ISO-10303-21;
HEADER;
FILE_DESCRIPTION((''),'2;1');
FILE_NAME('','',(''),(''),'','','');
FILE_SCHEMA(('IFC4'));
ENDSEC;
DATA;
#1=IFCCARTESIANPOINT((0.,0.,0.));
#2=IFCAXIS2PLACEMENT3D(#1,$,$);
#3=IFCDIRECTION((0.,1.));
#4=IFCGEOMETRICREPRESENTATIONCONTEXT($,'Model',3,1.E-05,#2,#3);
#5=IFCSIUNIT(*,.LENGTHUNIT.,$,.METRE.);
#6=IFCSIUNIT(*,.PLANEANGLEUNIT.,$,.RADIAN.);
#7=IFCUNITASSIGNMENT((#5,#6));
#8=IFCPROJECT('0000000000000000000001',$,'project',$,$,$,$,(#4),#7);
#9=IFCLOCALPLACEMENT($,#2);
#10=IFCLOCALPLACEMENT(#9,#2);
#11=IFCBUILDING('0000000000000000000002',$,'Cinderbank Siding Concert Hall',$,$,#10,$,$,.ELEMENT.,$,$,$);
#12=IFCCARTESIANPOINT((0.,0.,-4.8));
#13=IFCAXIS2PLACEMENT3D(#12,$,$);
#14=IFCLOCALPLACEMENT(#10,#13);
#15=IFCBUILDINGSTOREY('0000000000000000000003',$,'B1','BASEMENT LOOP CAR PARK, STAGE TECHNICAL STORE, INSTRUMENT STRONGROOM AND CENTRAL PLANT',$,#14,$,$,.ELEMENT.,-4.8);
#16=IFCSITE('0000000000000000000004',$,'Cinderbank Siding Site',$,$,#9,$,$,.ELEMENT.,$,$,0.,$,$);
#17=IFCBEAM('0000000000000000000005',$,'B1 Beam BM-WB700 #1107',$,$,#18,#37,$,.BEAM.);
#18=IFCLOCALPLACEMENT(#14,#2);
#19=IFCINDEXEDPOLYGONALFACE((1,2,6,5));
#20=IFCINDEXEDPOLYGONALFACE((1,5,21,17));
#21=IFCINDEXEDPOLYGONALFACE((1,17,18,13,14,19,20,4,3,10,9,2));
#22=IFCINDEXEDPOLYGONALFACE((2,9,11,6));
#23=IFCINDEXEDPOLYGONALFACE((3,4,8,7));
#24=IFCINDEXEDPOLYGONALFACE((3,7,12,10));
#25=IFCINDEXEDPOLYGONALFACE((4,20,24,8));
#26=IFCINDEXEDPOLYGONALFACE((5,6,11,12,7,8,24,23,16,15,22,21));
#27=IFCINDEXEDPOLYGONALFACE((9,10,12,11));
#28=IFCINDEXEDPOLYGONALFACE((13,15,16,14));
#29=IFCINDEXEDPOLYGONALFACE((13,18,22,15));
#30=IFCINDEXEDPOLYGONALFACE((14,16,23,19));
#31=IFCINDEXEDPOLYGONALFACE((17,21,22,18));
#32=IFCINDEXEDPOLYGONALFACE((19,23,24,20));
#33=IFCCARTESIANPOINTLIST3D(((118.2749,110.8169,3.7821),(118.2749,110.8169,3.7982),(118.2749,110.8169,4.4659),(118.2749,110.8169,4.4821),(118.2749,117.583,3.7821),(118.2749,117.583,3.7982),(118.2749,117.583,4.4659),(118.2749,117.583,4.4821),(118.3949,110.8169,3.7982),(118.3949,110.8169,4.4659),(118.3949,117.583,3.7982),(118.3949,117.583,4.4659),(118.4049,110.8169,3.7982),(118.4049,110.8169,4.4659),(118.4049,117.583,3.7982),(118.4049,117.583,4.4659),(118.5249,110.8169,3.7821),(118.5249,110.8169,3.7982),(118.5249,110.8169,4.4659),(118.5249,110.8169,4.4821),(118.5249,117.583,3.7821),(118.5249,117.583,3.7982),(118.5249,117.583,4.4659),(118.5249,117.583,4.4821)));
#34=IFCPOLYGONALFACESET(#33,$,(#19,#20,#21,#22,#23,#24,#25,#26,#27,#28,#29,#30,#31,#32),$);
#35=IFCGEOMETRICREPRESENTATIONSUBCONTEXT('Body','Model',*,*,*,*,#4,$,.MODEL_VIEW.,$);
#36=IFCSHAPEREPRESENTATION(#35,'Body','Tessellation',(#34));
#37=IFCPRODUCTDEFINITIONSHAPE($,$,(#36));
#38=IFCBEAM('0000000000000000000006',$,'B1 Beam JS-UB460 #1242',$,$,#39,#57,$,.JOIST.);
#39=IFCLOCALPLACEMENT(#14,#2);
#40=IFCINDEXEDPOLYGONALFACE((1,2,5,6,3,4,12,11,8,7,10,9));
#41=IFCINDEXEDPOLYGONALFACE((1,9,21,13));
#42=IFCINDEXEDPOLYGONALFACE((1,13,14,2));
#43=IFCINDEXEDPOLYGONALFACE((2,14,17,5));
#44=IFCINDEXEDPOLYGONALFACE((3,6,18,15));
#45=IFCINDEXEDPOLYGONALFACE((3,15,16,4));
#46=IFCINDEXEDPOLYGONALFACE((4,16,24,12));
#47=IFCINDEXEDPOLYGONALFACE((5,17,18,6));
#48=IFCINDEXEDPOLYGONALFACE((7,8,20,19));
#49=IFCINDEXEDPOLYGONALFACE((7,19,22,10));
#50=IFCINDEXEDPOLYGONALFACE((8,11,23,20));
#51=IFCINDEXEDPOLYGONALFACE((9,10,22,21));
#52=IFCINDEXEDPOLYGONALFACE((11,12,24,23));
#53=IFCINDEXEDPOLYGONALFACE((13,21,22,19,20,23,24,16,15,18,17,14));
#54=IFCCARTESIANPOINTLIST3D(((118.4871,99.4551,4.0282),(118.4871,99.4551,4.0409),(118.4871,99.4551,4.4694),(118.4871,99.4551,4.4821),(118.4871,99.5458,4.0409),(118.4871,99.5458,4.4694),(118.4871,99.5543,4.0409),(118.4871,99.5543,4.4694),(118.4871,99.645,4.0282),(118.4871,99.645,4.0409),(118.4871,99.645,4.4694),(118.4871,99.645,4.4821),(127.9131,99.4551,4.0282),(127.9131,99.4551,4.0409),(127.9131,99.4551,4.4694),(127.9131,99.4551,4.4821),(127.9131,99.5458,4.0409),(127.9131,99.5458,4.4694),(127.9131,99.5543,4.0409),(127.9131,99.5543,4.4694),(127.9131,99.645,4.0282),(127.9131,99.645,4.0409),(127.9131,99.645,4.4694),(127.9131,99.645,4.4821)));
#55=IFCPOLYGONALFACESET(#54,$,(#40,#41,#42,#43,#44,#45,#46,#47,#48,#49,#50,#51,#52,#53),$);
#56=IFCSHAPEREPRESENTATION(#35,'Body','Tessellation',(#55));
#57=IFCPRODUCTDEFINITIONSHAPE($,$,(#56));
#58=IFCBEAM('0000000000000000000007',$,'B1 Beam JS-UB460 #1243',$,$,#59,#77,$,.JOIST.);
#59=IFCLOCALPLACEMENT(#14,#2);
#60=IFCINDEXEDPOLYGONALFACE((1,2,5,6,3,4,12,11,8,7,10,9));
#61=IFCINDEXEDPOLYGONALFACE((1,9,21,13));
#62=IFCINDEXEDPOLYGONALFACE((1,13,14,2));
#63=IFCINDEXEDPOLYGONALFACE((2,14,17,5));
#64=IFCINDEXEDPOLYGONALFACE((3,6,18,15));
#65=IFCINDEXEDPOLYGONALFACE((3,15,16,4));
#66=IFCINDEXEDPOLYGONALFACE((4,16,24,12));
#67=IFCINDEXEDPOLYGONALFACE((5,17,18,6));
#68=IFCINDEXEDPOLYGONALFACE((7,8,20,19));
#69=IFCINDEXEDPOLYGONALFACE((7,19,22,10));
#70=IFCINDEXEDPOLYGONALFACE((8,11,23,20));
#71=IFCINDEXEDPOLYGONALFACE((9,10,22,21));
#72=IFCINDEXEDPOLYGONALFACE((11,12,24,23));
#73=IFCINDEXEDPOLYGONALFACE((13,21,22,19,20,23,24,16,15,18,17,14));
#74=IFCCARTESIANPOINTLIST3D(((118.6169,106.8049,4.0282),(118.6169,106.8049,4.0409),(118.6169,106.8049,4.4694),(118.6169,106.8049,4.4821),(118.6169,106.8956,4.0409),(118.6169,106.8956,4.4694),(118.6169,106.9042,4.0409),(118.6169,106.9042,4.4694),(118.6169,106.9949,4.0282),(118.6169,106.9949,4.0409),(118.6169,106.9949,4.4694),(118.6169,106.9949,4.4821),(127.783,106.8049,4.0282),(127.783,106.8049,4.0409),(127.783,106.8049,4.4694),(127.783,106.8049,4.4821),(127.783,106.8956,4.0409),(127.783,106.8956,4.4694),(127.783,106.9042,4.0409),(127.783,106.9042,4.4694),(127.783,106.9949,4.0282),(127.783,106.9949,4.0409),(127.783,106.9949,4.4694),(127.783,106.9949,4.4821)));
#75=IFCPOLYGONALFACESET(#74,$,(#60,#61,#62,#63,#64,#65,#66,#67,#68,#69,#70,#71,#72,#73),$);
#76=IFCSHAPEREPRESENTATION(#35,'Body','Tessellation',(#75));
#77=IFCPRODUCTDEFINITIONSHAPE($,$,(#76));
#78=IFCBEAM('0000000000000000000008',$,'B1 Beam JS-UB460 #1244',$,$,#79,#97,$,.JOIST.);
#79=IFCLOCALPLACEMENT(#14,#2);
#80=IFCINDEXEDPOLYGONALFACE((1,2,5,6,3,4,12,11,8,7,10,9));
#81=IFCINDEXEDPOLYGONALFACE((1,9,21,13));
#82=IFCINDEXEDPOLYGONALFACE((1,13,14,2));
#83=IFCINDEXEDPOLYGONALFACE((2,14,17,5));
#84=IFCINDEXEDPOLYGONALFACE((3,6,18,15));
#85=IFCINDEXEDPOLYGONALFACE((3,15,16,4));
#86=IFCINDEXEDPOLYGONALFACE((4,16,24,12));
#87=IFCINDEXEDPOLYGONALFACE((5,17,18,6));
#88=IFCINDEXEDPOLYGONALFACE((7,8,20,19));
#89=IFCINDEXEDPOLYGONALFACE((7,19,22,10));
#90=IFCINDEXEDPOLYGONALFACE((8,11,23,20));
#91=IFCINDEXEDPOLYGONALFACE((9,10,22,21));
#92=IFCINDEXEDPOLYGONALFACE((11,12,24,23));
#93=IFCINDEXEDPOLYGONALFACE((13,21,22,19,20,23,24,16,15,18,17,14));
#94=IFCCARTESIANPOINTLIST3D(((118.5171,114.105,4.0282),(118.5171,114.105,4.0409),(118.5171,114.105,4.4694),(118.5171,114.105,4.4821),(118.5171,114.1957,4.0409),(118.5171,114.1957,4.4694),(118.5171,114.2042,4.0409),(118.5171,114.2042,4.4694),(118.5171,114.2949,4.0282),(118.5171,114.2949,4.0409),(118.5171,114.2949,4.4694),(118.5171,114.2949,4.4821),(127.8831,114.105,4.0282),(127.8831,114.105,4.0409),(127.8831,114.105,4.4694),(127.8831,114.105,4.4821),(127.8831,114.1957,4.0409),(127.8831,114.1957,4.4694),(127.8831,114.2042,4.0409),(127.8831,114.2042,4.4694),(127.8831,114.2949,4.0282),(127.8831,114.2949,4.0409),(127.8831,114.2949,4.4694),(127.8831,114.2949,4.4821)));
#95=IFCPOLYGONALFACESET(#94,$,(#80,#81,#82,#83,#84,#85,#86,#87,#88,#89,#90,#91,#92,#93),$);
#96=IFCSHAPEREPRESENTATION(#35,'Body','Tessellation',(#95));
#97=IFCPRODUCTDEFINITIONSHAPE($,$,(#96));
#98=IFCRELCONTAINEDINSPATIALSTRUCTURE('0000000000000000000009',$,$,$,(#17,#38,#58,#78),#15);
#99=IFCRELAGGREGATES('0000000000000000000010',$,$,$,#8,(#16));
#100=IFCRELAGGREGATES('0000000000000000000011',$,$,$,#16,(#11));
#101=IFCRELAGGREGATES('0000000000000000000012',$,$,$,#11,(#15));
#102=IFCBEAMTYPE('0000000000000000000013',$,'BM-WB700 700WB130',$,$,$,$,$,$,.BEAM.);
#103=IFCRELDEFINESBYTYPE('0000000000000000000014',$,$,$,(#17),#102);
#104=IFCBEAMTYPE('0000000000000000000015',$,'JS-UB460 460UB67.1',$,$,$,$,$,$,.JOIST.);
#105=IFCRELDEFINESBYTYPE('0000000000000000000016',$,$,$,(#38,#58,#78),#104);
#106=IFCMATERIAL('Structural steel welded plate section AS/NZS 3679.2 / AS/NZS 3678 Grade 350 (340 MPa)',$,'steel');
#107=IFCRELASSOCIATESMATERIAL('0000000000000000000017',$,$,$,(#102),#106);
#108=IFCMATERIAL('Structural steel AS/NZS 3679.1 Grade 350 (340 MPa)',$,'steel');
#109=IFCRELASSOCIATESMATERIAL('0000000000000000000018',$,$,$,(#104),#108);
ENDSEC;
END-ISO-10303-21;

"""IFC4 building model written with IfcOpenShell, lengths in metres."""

from ifc_helpers import new_model, si_unit, direction, frame, origin, origin_2d, place, context, subcontext, project, spatial, i_section, extrude, material, material_profile, profile_set, type_object, element, save


model = new_model("IFC4")

# Units and contexts
model_context = context("Model", 3, precision=1e-05, world=origin(), true_north=direction((0.0, 1.0)))
body_context = subcontext(model_context, "Body", "Model", "MODEL_VIEW")
ifc_project = project(units=[si_unit("LENGTHUNIT", "METRE"), si_unit("PLANEANGLEUNIT", "RADIAN")], contexts=[model_context])

# Site, building, storey
site_placement = place(None, origin())
site = spatial("IfcSite", under=ifc_project, at=site_placement, Name="Cinderbank Siding Site", CompositionType="ELEMENT", RefElevation=0.0)
building_placement = place(site_placement, origin())
building = spatial("IfcBuilding", under=site, at=building_placement, Name="Cinderbank Siding Concert Hall", CompositionType="ELEMENT")
storey_placement = place(building_placement, frame((0.0, 0.0, -4.8)))
storey = spatial("IfcBuildingStorey", under=building, at=storey_placement, Name="B1", Description="BASEMENT LOOP CAR PARK, STAGE TECHNICAL STORE, INSTRUMENT STRONGROOM AND CENTRAL PLANT", CompositionType="ELEMENT", Elevation=-4.8)

# Beams
ifc_material_1 = material(Name="Structural steel AS/NZS 3679.1 Grade 350 (340 MPa)", Category="steel")
ifc_material_2 = material(Name="Structural steel welded plate section AS/NZS 3679.2 / AS/NZS 3678 Grade 350 (340 MPa)", Category="steel")
ifc_material_profile_1 = material_profile(ifc_material_2, i_section(OverallWidth=0.25, OverallDepth=0.7, WebThickness=0.01, FlangeThickness=0.0161, at=origin_2d()), Name="700WB130", Category="LoadBearing")
ifc_profile_set_1 = profile_set([ifc_material_profile_1], Name="Structural steel welded plate section AS/NZS 3679.2 / AS/NZS 3678 Grade 350 (340 MPa)")
beam_type_1 = type_object("IfcBeamType", Name="BM-WB700 700WB130", PredefinedType="BEAM", material=ifc_profile_set_1)
beam_1_placement = place(storey_placement, frame((118.3999, 110.8169, 4.1321), z_axis=(0.0, 1.0, 0.0), x_axis=(-1.0, 0.0, 0.0)))
element("IfcBeam", 1, at=beam_1_placement, inside=storey, type_object=beam_type_1, Name="B1 Beam BM-WB700 #1107", PredefinedType="BEAM", context=body_context, shape_type="SweptSolid", body=[
    extrude(i_section(OverallWidth=0.25, OverallDepth=0.7, WebThickness=0.01, FlangeThickness=0.0161, at=origin_2d()), origin(), (0.0, 0.0, 1.0), 6.7661),
])
ifc_material_profile_2 = material_profile(ifc_material_1, i_section(OverallWidth=0.1899, OverallDepth=0.4539, WebThickness=0.0085, FlangeThickness=0.0127, at=origin_2d()), Name="460UB67.1", Category="LoadBearing")
ifc_profile_set_2 = profile_set([ifc_material_profile_2], Name="Structural steel AS/NZS 3679.1 Grade 350 (340 MPa)")
beam_type_2 = type_object("IfcBeamType", Name="JS-UB460 460UB67.1", PredefinedType="JOIST", material=ifc_profile_set_2)
beam_2_placement = place(storey_placement, frame((118.4871, 99.55, 4.2551), z_axis=(1.0, 0.0, 0.0), x_axis=(0.0, 1.0, 0.0)))
element("IfcBeam", 2, at=beam_2_placement, inside=storey, type_object=beam_type_2, Name="B1 Beam JS-UB460 #1242", PredefinedType="JOIST", context=body_context, shape_type="SweptSolid", body=[
    extrude(i_section(OverallWidth=0.1899, OverallDepth=0.4539, WebThickness=0.0085, FlangeThickness=0.0127, at=origin_2d()), origin(), (0.0, 0.0, 1.0), 9.426),
])
beam_3_placement = place(storey_placement, frame((118.6169, 106.8999, 4.2551), z_axis=(1.0, 0.0, 0.0), x_axis=(0.0, 1.0, 0.0)))
element("IfcBeam", 3, at=beam_3_placement, inside=storey, type_object=beam_type_2, Name="B1 Beam JS-UB460 #1243", PredefinedType="JOIST", context=body_context, shape_type="SweptSolid", body=[
    extrude(i_section(OverallWidth=0.1899, OverallDepth=0.4539, WebThickness=0.0085, FlangeThickness=0.0127, at=origin_2d()), origin(), (0.0, 0.0, 1.0), 9.166),
])
beam_4_placement = place(storey_placement, frame((118.5171, 114.2, 4.2551), z_axis=(1.0, 0.0, 0.0), x_axis=(0.0, 1.0, 0.0)))
element("IfcBeam", 4, at=beam_4_placement, inside=storey, type_object=beam_type_2, Name="B1 Beam JS-UB460 #1244", PredefinedType="JOIST", context=body_context, shape_type="SweptSolid", body=[
    extrude(i_section(OverallWidth=0.1899, OverallDepth=0.4539, WebThickness=0.0085, FlangeThickness=0.0127, at=origin_2d()), origin(), (0.0, 0.0, 1.0), 9.366),
])

save(model, "model.ifc")
